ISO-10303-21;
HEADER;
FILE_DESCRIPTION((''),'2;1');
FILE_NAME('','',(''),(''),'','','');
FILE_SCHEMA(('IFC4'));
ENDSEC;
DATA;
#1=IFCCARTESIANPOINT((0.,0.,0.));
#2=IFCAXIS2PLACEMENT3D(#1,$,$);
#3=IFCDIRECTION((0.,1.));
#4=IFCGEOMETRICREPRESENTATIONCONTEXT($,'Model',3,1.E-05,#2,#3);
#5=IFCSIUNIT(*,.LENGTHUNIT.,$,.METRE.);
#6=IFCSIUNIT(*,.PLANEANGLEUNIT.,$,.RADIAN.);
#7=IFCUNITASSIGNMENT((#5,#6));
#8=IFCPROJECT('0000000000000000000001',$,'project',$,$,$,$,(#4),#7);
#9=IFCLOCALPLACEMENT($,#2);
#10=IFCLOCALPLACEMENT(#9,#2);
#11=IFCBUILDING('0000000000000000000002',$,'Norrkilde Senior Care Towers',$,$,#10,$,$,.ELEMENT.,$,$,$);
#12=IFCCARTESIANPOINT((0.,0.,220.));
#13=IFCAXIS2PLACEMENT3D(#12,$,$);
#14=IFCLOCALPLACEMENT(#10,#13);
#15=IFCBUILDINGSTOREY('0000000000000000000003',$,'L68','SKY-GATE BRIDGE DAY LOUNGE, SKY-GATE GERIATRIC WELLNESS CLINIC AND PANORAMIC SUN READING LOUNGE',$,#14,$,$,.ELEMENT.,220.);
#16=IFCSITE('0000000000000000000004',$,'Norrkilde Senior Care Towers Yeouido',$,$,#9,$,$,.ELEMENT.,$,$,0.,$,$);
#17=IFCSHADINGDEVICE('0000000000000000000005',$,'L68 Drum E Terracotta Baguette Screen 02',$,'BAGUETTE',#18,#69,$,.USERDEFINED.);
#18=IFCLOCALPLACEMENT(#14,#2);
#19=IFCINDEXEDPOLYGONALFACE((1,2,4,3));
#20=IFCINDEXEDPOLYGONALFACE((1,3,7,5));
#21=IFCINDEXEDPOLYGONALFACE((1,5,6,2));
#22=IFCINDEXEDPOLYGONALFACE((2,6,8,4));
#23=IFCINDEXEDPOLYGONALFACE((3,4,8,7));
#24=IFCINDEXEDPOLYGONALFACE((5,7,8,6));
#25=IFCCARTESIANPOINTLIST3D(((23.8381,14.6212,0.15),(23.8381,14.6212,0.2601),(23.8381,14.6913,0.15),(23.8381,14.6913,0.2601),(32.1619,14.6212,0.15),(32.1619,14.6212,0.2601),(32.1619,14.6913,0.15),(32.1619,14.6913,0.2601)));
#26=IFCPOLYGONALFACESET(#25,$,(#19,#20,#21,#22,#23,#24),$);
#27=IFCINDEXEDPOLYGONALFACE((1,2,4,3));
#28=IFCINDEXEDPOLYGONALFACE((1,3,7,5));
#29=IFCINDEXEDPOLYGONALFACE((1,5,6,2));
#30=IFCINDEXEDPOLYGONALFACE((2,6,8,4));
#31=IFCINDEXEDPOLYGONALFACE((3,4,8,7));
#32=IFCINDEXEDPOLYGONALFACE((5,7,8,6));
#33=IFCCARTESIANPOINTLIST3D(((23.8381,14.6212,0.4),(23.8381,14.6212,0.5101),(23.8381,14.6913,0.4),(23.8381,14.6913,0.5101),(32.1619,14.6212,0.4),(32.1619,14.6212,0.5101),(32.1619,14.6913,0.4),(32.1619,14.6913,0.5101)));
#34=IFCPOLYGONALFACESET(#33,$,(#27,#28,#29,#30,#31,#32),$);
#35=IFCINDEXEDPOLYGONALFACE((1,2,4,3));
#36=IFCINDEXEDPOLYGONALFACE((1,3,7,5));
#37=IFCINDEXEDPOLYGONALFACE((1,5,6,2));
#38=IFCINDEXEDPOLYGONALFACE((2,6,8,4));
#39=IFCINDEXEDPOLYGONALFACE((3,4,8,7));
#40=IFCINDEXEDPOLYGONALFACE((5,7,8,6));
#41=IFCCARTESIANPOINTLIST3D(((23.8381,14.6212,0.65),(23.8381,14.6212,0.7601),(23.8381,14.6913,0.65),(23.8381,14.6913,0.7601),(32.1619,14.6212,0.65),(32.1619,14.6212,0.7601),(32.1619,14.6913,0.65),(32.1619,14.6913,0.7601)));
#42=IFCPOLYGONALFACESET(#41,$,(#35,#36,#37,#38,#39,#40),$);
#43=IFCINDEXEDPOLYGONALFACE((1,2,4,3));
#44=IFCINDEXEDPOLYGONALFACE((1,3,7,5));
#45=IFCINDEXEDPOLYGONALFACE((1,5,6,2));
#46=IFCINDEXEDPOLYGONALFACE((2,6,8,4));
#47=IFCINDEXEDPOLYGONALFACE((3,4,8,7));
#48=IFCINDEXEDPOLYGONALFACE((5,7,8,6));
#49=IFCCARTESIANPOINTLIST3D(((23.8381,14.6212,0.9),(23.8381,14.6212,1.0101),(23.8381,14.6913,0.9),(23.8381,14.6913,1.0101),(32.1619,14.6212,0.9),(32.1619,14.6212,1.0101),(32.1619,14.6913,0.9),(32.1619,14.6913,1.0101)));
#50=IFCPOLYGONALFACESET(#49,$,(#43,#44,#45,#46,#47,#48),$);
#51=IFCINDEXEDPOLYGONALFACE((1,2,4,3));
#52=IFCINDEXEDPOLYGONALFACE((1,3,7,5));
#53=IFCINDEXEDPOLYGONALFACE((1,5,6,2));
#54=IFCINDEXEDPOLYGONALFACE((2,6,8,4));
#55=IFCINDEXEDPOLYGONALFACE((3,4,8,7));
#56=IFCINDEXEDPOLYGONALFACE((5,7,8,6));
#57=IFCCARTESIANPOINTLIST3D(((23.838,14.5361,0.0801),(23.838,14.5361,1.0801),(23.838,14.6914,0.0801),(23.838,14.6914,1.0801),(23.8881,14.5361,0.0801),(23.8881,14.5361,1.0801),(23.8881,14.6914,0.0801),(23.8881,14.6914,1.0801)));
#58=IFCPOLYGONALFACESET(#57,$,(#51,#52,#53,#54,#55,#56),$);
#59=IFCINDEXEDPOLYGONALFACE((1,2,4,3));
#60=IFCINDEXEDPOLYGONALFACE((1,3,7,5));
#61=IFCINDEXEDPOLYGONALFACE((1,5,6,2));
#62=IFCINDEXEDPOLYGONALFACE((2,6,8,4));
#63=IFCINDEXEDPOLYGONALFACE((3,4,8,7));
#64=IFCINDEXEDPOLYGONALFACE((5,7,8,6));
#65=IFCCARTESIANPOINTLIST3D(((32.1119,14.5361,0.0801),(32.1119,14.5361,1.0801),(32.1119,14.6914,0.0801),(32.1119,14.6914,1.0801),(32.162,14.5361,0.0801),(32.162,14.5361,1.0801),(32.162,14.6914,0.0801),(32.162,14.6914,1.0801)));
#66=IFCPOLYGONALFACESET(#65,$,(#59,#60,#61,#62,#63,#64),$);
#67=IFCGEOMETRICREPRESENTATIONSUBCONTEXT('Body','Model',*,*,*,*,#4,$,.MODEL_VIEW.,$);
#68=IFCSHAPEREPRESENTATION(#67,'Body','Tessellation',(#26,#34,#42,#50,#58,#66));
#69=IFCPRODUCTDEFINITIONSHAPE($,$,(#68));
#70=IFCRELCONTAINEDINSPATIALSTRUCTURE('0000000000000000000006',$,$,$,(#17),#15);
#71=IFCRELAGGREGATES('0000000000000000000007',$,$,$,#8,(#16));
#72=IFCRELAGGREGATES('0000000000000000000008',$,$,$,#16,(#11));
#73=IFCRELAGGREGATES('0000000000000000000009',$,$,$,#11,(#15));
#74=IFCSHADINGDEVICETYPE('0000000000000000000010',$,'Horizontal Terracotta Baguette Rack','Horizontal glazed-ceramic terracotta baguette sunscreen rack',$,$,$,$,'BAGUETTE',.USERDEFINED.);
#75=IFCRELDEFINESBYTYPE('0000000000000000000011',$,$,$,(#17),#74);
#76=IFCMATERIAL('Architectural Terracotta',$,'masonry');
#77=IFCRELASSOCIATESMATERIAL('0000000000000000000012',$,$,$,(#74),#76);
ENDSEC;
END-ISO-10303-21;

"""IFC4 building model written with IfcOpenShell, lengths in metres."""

from ifc_helpers import new_model, si_unit, direction, frame, origin, origin_2d, place, context, subcontext, project, spatial, rectangle, extrude, source, transform, mapped, material, type_object, type_shapes, element, save


model = new_model("IFC4")

# Units and contexts
model_context = context("Model", 3, precision=1e-05, world=origin(), true_north=direction((0.0, 1.0)))
body_context = subcontext(model_context, "Body", "Model", "MODEL_VIEW")
ifc_project = project(units=[si_unit("LENGTHUNIT", "METRE"), si_unit("PLANEANGLEUNIT", "RADIAN")], contexts=[model_context])

# Site, building, storey
site_placement = place(None, origin())
site = spatial("IfcSite", under=ifc_project, at=site_placement, Name="Norrkilde Senior Care Towers Yeouido", CompositionType="ELEMENT", RefElevation=0.0)
building_placement = place(site_placement, origin())
building = spatial("IfcBuilding", under=site, at=building_placement, Name="Norrkilde Senior Care Towers", CompositionType="ELEMENT")
storey_placement = place(building_placement, frame((0.0, 0.0, 220.0)))
storey = spatial("IfcBuildingStorey", under=building, at=storey_placement, Name="L68", Description="SKY-GATE BRIDGE DAY LOUNGE, SKY-GATE GERIATRIC WELLNESS CLINIC AND PANORAMIC SUN READING LOUNGE", CompositionType="ELEMENT", Elevation=220.0)

# Shading device
ifc_material_1 = material(Name="Architectural Terracotta", Category="masonry")
shading_device_type = type_object("IfcShadingDeviceType", Name="Horizontal Terracotta Baguette Rack", Description="Horizontal glazed-ceramic terracotta baguette sunscreen rack", ElementType="BAGUETTE", PredefinedType="USERDEFINED", material=ifc_material_1)
shared_shape_1 = source(origin(), body_context, "Body", "SweptSolid", [
    extrude(rectangle(XDim=0.0701, YDim=0.1101, at=origin_2d()), frame((0.0, 0.0901, 0.125), z_axis=(1.0, 0.0, 0.0), x_axis=(0.0, 1.0, 0.0)), (0.0, 0.0, 1.0), 8.3237),
    extrude(rectangle(XDim=0.0701, YDim=0.1101, at=origin_2d()), frame((0.0, 0.0901, 0.375), z_axis=(1.0, 0.0, 0.0), x_axis=(0.0, 1.0, 0.0)), (0.0, 0.0, 1.0), 8.3237),
    extrude(rectangle(XDim=0.0701, YDim=0.1101, at=origin_2d()), frame((0.0, 0.0901, 0.625), z_axis=(1.0, 0.0, 0.0), x_axis=(0.0, 1.0, 0.0)), (0.0, 0.0, 1.0), 8.3237),
    extrude(rectangle(XDim=0.0701, YDim=0.1101, at=origin_2d()), frame((0.0, 0.0901, 0.875), z_axis=(1.0, 0.0, 0.0), x_axis=(0.0, 1.0, 0.0)), (0.0, 0.0, 1.0), 8.3237),
    extrude(rectangle(XDim=0.05, YDim=0.1553, at=origin_2d()), frame((0.0249, 0.0476, 0.0)), (0.0, 0.0, 1.0), 1.0),
    extrude(rectangle(XDim=0.05, YDim=0.1553, at=origin_2d()), frame((8.2988, 0.0476, 0.0)), (0.0, 0.0, 1.0), 1.0),
])
type_shapes(shading_device_type, [shared_shape_1])
shading_device_placement = place(storey_placement, frame((23.8381, 14.5662, 0.0801), z_axis=(0.0, 0.0, 1.0), x_axis=(1.0, 0.0, 0.0)))
element("IfcShadingDevice", 1, at=shading_device_placement, inside=storey, type_object=shading_device_type, Name="L68 Drum E Terracotta Baguette Screen 02", ObjectType="BAGUETTE", PredefinedType="USERDEFINED", context=body_context, shape_type="MappedRepresentation", body=[
    mapped(shared_shape_1, transform((0.0, 0.0, 0.0), x_axis=(1.0, 0.0, 0.0), y_axis=(0.0, 1.0, 0.0), z_axis=(0.0, 0.0, 1.0), scale=1.0)),
])

save(model, "model.ifc")
